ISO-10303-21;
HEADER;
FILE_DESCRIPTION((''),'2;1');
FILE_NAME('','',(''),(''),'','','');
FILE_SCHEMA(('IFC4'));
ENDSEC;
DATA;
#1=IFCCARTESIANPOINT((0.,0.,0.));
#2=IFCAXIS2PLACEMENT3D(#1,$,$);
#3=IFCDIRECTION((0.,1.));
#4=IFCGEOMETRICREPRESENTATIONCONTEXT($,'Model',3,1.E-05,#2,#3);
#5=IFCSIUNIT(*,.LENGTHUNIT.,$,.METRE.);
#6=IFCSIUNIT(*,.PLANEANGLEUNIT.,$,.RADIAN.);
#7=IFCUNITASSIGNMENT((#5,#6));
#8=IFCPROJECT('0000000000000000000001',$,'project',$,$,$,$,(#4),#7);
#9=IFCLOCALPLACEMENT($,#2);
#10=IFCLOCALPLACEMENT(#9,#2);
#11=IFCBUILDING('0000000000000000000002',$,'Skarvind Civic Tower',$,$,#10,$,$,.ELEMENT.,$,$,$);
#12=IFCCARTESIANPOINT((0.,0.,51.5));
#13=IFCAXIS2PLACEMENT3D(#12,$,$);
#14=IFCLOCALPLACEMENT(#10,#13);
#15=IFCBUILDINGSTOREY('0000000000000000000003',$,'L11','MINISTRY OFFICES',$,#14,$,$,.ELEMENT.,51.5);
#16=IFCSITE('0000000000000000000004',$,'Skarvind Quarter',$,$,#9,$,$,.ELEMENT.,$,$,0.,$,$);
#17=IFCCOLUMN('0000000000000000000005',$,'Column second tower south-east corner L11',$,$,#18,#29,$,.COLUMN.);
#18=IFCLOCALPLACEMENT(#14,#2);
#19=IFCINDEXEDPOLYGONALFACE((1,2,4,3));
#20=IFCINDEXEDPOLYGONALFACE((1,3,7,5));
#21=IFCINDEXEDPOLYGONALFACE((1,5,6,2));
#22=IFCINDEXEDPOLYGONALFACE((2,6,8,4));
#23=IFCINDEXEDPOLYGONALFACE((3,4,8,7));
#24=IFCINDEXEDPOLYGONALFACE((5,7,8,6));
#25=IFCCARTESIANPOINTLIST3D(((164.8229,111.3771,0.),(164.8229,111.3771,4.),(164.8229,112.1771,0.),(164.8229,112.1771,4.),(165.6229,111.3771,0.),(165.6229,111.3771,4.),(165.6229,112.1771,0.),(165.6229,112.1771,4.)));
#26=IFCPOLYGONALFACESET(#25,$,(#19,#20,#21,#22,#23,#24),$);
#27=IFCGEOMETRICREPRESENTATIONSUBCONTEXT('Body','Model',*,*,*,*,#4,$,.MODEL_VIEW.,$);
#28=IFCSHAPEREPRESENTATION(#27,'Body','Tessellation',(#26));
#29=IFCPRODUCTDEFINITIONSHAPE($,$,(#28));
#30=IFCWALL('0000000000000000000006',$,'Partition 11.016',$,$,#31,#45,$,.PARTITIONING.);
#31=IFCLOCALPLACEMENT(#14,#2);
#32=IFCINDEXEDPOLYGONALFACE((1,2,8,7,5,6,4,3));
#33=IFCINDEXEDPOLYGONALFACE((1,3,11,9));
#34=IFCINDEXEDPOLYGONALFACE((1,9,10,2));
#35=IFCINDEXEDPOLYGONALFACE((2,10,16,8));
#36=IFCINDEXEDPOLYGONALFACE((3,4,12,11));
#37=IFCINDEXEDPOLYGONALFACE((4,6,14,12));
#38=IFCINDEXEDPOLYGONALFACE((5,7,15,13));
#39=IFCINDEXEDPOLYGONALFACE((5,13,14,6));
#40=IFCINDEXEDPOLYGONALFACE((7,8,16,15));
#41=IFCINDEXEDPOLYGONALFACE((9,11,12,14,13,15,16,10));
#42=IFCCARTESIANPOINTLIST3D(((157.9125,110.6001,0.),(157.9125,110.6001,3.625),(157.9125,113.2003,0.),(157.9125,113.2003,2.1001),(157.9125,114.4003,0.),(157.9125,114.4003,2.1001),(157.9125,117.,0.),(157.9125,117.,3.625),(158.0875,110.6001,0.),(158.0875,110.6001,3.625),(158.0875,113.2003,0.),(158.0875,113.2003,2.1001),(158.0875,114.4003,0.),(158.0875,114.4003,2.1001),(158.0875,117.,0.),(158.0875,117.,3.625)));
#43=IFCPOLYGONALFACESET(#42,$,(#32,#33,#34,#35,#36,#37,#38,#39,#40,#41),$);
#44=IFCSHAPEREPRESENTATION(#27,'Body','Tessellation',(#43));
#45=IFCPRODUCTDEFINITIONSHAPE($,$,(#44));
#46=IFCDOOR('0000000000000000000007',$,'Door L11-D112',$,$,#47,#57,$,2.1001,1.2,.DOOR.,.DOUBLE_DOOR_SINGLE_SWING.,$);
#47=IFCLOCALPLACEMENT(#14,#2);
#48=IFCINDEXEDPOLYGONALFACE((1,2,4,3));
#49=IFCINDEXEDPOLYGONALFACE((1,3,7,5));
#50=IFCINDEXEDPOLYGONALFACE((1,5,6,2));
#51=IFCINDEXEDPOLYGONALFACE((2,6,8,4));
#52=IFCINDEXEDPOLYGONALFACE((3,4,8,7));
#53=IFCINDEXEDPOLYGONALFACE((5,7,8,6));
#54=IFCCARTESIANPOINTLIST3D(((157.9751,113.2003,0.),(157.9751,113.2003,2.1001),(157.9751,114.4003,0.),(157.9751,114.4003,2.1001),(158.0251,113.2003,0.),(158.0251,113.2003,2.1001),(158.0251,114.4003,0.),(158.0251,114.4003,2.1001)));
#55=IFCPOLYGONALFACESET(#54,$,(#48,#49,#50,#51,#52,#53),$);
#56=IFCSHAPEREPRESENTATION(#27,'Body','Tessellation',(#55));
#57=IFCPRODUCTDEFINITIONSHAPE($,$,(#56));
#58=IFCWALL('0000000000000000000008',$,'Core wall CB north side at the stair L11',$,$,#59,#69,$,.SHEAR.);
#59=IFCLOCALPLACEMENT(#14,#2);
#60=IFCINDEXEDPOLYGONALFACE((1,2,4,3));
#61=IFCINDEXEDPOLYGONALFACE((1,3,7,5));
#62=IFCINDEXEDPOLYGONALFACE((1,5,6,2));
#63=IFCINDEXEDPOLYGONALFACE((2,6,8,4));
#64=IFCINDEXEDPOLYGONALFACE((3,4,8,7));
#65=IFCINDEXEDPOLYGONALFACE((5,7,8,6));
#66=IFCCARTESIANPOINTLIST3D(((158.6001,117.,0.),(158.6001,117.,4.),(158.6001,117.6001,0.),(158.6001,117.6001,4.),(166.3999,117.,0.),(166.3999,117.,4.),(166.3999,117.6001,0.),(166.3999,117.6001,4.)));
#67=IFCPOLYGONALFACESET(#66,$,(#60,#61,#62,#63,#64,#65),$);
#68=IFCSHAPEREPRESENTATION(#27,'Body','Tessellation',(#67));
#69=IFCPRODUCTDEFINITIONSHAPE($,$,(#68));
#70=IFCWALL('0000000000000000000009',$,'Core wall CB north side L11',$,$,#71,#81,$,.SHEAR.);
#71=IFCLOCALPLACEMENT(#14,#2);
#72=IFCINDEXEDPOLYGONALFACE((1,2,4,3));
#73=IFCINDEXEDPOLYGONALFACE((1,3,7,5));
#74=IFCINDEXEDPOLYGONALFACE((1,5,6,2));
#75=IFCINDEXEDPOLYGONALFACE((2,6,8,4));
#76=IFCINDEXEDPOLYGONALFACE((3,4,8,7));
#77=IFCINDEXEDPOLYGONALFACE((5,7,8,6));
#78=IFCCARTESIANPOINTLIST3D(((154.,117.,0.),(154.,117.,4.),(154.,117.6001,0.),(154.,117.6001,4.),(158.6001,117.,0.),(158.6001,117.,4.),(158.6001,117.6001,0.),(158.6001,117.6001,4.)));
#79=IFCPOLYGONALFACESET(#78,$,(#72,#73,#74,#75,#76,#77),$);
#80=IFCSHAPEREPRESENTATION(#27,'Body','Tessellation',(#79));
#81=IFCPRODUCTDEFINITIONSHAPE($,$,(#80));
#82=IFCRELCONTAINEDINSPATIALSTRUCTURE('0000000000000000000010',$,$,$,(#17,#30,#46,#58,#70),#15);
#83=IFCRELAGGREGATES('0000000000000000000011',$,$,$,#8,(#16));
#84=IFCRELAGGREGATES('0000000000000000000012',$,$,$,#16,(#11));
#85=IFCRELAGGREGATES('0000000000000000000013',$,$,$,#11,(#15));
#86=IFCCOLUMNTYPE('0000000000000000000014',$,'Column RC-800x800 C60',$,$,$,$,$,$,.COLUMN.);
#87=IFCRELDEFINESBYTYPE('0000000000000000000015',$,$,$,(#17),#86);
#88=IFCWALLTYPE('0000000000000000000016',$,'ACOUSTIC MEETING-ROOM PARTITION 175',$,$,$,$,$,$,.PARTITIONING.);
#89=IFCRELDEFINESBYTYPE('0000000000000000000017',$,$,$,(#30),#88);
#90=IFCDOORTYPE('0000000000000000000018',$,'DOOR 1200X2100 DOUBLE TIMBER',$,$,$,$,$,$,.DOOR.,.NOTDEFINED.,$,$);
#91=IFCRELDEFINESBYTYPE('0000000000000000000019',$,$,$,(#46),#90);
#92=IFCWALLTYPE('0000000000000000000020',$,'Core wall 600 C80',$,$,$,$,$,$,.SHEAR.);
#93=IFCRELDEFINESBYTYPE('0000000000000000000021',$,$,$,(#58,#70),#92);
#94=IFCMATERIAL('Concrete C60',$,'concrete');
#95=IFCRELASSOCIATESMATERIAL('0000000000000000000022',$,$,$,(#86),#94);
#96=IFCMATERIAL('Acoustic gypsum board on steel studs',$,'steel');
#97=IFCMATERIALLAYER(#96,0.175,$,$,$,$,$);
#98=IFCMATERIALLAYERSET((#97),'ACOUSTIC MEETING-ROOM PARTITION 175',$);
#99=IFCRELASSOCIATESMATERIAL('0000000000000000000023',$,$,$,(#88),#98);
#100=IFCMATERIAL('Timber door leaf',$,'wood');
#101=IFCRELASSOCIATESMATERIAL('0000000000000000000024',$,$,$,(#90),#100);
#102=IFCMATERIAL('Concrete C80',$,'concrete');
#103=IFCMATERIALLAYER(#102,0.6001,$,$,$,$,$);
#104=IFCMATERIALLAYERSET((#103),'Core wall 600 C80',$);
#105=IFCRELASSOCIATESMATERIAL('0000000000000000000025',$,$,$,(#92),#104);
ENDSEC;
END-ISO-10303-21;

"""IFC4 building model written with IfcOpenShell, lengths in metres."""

from ifc_helpers import new_model, si_unit, direction, frame, frame_2d, origin, origin_2d, place, context, subcontext, project, spatial, rectangle, extrude, material, layer, layer_set, material_profile, profile_set, type_object, element, fill, save


model = new_model("IFC4")

# Units and contexts
model_context = context("Model", 3, precision=1e-05, world=origin(), true_north=direction((0.0, 1.0)))
body_context = subcontext(model_context, "Body", "Model", "MODEL_VIEW")
ifc_project = project(units=[si_unit("LENGTHUNIT", "METRE"), si_unit("PLANEANGLEUNIT", "RADIAN")], contexts=[model_context])

# Site, building, storey
site_placement = place(None, origin())
site = spatial("IfcSite", under=ifc_project, at=site_placement, Name="Skarvind Quarter", CompositionType="ELEMENT", RefElevation=0.0)
building_placement = place(site_placement, origin())
building = spatial("IfcBuilding", under=site, at=building_placement, Name="Skarvind Civic Tower", CompositionType="ELEMENT")
storey_placement = place(building_placement, frame((0.0, 0.0, 51.5)))
storey = spatial("IfcBuildingStorey", under=building, at=storey_placement, Name="L11", Description="MINISTRY OFFICES", CompositionType="ELEMENT", Elevation=51.5)

# Column
ifc_material_1 = material(Name="Concrete C60", Category="concrete")
ifc_material_profile = material_profile(ifc_material_1, rectangle(XDim=0.8, YDim=0.8, at=origin_2d()), Name="RC-800x800")
ifc_profile_set = profile_set([ifc_material_profile], Name="Concrete C60")
column_type = type_object("IfcColumnType", Name="Column RC-800x800 C60", PredefinedType="COLUMN", material=ifc_profile_set)
column_placement = place(storey_placement, frame((165.2229, 111.7771, 0.0), z_axis=(0.0, 0.0, 1.0), x_axis=(1.0, 0.0, 0.0)))
element("IfcColumn", 1, at=column_placement, inside=storey, type_object=column_type, Name="Column second tower south-east corner L11", PredefinedType="COLUMN", context=body_context, shape_type="SweptSolid", body=[
    extrude(rectangle(XDim=0.8, YDim=0.8, at=origin_2d()), origin(), (0.0, 0.0, 1.0), 4.0),
])

# Wall, opening, door
ifc_material_2 = material(Name="Acoustic gypsum board on steel studs", Category="steel")
ifc_layer_1 = layer(ifc_material_2, 0.175)
ifc_layer_set_1 = layer_set([ifc_layer_1], Name="ACOUSTIC MEETING-ROOM PARTITION 175")
wall_type_1 = type_object("IfcWallType", Name="ACOUSTIC MEETING-ROOM PARTITION 175", PredefinedType="PARTITIONING", material=ifc_layer_set_1)
wall_1_placement = place(storey_placement, frame((158.0, 110.6001, 0.0), z_axis=(0.0, 0.0, 1.0), x_axis=(0.0, 1.0, 0.0)))
wall_1 = element("IfcWall", 2, at=wall_1_placement, inside=storey, type_object=wall_type_1, Name="Partition 11.016", PredefinedType="PARTITIONING", context=body_context, shape_type="SweptSolid", body=[
    extrude(rectangle(XDim=6.3999, YDim=0.175, at=frame_2d((3.2, 0.0))), origin(), (0.0, 0.0, 1.0), 3.625),
])
opening_1_placement = place(wall_1_placement, frame((2.6001, 0.0, 0.0)))
opening_1 = element("IfcOpeningElement", 3, at=opening_1_placement, cuts=wall_1, PredefinedType="OPENING", context=body_context, shape_type="SweptSolid", body=[
    extrude(rectangle(XDim=1.2, YDim=2.1001, at=frame_2d((0.6001, 1.05))), frame((0.0, 0.0974, 0.0), z_axis=(0.0, -1.0, 0.0), x_axis=(1.0, 0.0, 0.0)), (0.0, 0.0, 1.0), 0.1951),
])
ifc_material_3 = material(Name="Timber door leaf", Category="wood")
door_type = type_object("IfcDoorType", Name="DOOR 1200X2100 DOUBLE TIMBER", OperationType="NOTDEFINED", PredefinedType="DOOR", material=ifc_material_3)
door_placement = place(opening_1_placement, origin())
door = element("IfcDoor", 4, at=door_placement, inside=storey, type_object=door_type, Name="Door L11-D112", OperationType="DOUBLE_DOOR_SINGLE_SWING", OverallHeight=2.1001, OverallWidth=1.2, PredefinedType="DOOR", context=body_context, shape_type="SweptSolid", body=[
    extrude(rectangle(XDim=1.2, YDim=2.1001, at=frame_2d((0.6001, 1.05))), frame((0.0, 0.0249, 0.0), z_axis=(0.0, -1.0, 0.0), x_axis=(1.0, 0.0, 0.0)), (0.0, 0.0, 1.0), 0.05),
])
fill(opening_1, door)

# Walls
ifc_material_4 = material(Name="Concrete C80", Category="concrete")
ifc_layer_2 = layer(ifc_material_4, 0.6001)
ifc_layer_set_2 = layer_set([ifc_layer_2], Name="Core wall 600 C80")
wall_type_2 = type_object("IfcWallType", Name="Core wall 600 C80", PredefinedType="SHEAR", material=ifc_layer_set_2)
wall_2_placement = place(storey_placement, frame((166.3999, 117.3, 0.0), z_axis=(0.0, 0.0, 1.0), x_axis=(-1.0, 0.0, 0.0)))
element("IfcWall", 5, at=wall_2_placement, inside=storey, type_object=wall_type_2, Name="Core wall CB north side at the stair L11", PredefinedType="SHEAR", context=body_context, shape_type="SweptSolid", body=[
    extrude(rectangle(XDim=7.7998, YDim=0.6001, at=frame_2d((3.8999, 0.0))), origin(), (0.0, 0.0, 1.0), 4.0),
])
wall_3_placement = place(storey_placement, frame((158.6001, 117.3, 0.0), z_axis=(0.0, 0.0, 1.0), x_axis=(-1.0, 0.0, 0.0)))
element("IfcWall", 6, at=wall_3_placement, inside=storey, type_object=wall_type_2, Name="Core wall CB north side L11", PredefinedType="SHEAR", context=body_context, shape_type="SweptSolid", body=[
    extrude(rectangle(XDim=4.6001, YDim=0.6001, at=frame_2d((2.3, 0.0))), origin(), (0.0, 0.0, 1.0), 4.0),
])

save(model, "model.ifc")
